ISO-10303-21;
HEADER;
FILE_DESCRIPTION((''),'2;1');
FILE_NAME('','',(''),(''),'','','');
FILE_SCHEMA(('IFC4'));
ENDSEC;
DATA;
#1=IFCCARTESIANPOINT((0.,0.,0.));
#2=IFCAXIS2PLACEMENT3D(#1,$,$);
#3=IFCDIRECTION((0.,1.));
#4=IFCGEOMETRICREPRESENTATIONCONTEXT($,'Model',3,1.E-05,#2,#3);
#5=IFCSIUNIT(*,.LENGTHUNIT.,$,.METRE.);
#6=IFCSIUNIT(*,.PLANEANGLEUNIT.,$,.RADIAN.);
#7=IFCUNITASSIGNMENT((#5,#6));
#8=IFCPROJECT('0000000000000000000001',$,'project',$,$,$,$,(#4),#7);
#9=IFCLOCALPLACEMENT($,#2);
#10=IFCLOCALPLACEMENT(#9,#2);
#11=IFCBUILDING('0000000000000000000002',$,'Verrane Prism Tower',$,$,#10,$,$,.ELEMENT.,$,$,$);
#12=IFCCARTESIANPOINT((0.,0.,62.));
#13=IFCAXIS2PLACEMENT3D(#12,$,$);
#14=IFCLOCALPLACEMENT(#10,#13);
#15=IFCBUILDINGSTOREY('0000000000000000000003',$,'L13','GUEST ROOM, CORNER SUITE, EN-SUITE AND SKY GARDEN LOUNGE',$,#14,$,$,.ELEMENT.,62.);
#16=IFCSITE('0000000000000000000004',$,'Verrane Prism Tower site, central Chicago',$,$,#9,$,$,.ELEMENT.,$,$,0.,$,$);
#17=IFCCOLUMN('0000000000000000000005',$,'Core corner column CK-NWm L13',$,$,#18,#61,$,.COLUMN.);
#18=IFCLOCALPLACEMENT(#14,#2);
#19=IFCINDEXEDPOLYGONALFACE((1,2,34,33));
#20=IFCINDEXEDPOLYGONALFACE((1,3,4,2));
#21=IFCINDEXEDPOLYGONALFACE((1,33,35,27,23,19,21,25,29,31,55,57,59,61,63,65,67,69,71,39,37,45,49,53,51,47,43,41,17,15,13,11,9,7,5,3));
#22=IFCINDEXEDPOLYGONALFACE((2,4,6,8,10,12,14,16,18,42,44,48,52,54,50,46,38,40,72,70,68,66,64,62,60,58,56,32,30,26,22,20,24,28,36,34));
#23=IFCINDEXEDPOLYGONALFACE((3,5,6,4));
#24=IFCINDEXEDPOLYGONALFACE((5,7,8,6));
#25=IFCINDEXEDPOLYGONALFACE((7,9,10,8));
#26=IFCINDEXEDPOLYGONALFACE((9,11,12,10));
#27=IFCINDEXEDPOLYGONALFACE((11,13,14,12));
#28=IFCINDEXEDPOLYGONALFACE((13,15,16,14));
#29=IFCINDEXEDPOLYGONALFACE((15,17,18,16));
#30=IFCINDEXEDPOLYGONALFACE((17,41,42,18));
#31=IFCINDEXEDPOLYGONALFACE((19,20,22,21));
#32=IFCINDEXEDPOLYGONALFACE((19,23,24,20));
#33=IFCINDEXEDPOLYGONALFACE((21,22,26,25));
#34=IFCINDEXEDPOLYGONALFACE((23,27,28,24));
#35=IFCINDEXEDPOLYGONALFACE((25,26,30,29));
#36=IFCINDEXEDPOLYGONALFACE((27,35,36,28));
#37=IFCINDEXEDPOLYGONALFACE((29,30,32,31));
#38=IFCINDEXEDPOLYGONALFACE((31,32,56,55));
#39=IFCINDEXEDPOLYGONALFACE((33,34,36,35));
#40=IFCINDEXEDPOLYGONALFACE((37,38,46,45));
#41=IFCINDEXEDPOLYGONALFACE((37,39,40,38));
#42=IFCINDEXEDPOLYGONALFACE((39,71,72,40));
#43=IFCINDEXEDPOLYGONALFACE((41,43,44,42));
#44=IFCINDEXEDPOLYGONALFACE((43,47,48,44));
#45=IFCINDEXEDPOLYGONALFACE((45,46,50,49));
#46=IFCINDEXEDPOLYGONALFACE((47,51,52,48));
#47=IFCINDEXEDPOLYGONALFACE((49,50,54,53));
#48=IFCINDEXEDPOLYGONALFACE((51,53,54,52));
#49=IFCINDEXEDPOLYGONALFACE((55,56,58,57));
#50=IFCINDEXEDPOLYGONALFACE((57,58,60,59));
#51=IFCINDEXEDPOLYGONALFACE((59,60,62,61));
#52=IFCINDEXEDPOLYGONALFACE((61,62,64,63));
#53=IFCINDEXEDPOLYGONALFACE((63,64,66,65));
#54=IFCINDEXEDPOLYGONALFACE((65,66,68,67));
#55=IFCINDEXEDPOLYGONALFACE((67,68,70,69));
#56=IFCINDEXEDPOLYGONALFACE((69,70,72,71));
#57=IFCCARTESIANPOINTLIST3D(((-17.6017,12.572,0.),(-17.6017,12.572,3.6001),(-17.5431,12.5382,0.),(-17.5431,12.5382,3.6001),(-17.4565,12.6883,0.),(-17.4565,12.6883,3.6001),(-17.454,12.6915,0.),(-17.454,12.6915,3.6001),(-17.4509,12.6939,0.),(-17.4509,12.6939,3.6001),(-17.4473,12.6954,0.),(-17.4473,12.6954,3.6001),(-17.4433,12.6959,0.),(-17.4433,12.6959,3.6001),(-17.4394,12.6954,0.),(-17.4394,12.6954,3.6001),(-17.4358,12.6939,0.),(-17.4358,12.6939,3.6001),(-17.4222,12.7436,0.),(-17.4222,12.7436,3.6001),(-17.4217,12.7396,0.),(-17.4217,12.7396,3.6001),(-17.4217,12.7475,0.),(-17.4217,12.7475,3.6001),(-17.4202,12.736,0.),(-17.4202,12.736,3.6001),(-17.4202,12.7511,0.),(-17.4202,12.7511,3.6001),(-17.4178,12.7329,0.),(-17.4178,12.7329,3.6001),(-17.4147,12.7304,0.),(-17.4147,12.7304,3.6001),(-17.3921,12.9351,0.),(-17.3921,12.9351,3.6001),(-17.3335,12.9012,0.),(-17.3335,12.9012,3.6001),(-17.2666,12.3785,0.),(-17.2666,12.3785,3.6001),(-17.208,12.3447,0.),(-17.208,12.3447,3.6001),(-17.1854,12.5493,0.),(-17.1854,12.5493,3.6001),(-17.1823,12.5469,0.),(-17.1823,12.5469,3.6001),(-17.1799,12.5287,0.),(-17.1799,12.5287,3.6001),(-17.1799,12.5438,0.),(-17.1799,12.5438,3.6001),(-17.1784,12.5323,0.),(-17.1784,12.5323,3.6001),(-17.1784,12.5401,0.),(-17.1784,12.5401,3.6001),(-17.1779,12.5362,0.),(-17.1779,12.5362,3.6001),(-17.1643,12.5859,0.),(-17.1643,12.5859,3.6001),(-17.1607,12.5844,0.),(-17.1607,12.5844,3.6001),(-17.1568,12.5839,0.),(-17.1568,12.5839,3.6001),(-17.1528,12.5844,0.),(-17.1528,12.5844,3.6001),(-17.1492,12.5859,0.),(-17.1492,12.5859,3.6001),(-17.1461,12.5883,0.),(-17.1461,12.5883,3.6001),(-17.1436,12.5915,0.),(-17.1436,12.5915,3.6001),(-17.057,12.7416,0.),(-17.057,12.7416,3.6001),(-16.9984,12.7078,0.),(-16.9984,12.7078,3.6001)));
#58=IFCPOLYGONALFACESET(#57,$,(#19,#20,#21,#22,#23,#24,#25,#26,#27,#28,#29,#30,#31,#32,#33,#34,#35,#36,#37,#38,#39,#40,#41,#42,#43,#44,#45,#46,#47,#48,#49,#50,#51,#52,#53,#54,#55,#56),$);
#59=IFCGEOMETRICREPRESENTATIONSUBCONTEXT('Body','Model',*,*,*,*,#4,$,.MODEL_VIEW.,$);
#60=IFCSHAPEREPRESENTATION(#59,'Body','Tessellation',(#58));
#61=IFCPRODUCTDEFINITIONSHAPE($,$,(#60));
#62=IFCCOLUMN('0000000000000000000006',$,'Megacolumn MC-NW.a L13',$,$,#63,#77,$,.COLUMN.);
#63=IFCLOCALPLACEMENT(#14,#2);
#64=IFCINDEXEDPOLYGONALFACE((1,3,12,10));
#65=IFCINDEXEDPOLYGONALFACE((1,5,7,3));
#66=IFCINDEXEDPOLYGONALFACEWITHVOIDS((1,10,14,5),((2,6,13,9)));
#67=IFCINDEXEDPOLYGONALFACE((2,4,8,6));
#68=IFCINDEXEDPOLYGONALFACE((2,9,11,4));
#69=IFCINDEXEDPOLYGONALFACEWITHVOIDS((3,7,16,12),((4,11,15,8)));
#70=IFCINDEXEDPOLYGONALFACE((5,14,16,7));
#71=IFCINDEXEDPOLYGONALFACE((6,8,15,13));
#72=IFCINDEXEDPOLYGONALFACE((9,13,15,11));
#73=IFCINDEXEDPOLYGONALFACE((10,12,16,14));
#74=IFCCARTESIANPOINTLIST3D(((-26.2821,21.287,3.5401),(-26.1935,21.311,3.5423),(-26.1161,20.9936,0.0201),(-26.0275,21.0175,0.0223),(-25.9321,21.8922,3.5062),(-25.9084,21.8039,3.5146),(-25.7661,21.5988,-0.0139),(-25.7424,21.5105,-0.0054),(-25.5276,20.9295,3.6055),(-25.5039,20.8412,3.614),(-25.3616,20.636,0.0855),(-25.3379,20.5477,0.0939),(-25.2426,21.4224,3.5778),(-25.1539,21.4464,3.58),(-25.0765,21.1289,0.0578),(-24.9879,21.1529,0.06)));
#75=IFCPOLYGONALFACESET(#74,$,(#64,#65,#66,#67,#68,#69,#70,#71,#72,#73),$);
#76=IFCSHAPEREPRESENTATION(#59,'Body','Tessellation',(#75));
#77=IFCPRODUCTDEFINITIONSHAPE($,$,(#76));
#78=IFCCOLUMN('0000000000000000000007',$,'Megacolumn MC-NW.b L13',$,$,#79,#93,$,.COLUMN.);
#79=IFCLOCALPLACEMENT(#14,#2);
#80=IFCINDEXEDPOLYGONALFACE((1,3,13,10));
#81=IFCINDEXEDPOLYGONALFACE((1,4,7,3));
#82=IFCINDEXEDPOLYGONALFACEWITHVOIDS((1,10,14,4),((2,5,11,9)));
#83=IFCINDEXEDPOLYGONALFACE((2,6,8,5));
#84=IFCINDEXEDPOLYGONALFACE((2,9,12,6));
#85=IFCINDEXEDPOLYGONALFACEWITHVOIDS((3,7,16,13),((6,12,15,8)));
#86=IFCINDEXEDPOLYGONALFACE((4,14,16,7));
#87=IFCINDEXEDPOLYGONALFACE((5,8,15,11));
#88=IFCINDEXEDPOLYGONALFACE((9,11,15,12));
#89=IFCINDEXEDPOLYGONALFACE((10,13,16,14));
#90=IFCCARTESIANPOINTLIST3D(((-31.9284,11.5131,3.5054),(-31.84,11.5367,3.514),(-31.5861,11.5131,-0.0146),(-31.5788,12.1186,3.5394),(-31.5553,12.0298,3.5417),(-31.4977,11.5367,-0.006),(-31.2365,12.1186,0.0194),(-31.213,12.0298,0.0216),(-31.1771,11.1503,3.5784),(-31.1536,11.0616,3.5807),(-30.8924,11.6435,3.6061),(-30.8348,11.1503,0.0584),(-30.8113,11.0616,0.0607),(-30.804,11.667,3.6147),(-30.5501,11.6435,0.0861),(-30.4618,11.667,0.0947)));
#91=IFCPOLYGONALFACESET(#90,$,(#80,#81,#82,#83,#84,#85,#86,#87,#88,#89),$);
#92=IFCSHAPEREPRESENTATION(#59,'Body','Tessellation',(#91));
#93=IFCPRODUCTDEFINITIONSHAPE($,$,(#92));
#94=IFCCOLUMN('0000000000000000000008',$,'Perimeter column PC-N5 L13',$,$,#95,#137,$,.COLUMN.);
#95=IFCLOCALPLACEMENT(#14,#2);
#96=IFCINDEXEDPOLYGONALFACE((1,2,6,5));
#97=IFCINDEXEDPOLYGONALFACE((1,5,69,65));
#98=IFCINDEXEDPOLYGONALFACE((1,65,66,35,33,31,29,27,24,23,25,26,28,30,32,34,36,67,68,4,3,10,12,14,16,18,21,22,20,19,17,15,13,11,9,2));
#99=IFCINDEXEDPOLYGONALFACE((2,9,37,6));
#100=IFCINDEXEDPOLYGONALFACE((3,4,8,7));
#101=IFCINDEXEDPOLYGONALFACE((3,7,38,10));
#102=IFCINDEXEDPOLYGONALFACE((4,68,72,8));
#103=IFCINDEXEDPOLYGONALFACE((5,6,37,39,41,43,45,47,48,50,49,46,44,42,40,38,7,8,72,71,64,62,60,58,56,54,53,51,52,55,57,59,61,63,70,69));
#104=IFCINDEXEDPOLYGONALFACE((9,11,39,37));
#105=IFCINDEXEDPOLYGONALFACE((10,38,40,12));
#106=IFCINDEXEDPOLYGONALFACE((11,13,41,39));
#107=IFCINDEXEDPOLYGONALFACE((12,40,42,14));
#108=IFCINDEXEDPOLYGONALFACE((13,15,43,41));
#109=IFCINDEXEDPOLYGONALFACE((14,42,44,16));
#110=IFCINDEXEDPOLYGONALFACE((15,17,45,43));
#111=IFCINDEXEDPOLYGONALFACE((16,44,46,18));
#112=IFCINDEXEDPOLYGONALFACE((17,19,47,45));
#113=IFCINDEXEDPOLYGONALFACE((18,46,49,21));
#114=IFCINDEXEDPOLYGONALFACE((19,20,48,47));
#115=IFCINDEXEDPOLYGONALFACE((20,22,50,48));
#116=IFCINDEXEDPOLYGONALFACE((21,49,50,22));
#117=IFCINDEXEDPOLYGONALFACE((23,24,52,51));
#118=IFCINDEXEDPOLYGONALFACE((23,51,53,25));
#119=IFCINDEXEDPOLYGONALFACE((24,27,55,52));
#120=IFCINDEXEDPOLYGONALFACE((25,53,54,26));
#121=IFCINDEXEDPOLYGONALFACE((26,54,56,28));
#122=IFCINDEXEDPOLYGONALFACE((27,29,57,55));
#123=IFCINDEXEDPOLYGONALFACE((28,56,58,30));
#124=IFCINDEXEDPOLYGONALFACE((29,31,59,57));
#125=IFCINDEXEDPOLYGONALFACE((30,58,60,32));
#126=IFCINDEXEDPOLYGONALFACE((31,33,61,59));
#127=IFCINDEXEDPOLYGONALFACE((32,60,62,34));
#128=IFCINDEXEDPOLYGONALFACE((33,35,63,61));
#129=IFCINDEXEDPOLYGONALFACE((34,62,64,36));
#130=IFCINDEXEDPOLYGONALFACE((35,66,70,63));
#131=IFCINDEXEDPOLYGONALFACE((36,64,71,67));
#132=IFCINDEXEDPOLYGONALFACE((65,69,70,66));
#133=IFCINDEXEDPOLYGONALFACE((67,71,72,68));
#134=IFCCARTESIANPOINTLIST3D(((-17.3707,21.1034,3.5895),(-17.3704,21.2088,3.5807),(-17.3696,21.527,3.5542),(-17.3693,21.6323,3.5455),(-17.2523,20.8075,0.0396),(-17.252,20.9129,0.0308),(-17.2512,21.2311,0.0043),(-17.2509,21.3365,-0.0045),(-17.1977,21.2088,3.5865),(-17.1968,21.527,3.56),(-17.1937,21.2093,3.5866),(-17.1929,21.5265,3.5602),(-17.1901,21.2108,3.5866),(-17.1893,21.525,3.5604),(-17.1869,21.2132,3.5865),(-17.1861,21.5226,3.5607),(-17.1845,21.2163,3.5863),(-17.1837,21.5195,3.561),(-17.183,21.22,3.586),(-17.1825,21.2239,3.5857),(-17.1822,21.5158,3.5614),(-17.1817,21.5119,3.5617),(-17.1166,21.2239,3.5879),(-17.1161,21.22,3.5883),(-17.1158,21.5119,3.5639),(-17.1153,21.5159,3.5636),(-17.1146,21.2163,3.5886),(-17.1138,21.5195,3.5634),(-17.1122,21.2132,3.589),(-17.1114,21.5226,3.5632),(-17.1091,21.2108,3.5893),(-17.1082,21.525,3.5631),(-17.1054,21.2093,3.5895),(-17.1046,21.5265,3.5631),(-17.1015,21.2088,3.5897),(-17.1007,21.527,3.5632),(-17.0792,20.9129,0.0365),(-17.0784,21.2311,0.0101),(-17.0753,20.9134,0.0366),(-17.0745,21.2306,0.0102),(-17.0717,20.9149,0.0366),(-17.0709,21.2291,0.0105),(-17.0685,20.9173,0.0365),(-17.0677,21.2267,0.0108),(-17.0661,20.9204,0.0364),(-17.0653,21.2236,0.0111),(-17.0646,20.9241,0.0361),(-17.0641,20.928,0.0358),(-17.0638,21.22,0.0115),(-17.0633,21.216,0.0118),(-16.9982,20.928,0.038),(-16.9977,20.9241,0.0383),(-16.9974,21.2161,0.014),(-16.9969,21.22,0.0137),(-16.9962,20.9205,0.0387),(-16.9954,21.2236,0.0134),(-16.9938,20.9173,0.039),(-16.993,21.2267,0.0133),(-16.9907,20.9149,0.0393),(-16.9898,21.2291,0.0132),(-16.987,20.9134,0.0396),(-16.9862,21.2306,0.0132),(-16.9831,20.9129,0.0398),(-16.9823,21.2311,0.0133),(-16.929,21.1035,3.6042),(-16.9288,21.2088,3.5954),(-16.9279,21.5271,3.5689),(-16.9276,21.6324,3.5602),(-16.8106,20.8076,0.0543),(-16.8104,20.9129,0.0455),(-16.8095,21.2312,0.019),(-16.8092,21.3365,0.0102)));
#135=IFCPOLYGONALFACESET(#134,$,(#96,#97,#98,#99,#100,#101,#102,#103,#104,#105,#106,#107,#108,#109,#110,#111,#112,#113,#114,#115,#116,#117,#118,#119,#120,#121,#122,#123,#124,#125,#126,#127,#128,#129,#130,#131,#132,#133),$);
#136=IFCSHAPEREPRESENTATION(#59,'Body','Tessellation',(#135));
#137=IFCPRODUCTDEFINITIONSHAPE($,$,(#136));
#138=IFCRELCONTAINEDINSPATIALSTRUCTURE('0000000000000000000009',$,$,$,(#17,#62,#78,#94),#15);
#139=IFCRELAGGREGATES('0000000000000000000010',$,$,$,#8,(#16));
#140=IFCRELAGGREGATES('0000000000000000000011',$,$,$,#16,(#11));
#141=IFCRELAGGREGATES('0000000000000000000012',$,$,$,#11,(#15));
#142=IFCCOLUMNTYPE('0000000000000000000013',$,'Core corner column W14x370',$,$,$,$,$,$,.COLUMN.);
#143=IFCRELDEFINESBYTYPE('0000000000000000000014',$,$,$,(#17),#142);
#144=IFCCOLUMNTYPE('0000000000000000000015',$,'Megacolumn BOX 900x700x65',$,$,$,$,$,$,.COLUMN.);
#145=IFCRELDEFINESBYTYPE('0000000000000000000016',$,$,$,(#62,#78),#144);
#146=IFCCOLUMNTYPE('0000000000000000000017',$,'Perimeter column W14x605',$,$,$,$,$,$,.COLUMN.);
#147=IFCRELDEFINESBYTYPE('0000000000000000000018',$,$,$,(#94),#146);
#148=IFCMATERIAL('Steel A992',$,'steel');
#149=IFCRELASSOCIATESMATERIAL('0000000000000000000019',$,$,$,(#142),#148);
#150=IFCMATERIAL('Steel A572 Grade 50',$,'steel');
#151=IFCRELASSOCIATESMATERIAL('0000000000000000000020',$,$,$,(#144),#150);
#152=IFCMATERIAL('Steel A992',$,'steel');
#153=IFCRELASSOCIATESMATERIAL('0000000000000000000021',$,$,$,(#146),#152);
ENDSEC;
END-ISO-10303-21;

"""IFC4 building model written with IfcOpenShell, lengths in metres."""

from ifc_helpers import new_model, si_unit, direction, frame, origin, origin_2d, place, context, subcontext, project, spatial, hollow_rectangle, i_section, extrude, material, material_profile, profile_set, type_object, element, save


model = new_model("IFC4")

# Units and contexts
model_context = context("Model", 3, precision=1e-05, world=origin(), true_north=direction((0.0, 1.0)))
body_context = subcontext(model_context, "Body", "Model", "MODEL_VIEW")
ifc_project = project(units=[si_unit("LENGTHUNIT", "METRE"), si_unit("PLANEANGLEUNIT", "RADIAN")], contexts=[model_context])

# Site, building, storey
site_placement = place(None, origin())
site = spatial("IfcSite", under=ifc_project, at=site_placement, Name="Verrane Prism Tower site, central Chicago", CompositionType="ELEMENT", RefElevation=0.0)
building_placement = place(site_placement, origin())
building = spatial("IfcBuilding", under=site, at=building_placement, Name="Verrane Prism Tower", CompositionType="ELEMENT")
storey_placement = place(building_placement, frame((0.0, 0.0, 62.0)))
storey = spatial("IfcBuildingStorey", under=building, at=storey_placement, Name="L13", Description="GUEST ROOM, CORNER SUITE, EN-SUITE AND SKY GARDEN LOUNGE", CompositionType="ELEMENT", Elevation=62.0)

# Columns
ifc_material_1 = material(Name="Steel A992", Category="steel")
ifc_material_profile_1 = material_profile(ifc_material_1, i_section(OverallWidth=0.4192, OverallDepth=0.4546, WebThickness=0.0422, FlangeThickness=0.0676, FilletRadius=0.0151, at=origin_2d()), Name="W14x370")
ifc_profile_set_1 = profile_set([ifc_material_profile_1], Name="Steel A992")
column_type_1 = type_object("IfcColumnType", Name="Core corner column W14x370", PredefinedType="COLUMN", material=ifc_profile_set_1)
column_1_placement = place(storey_placement, frame((-17.3, 12.6399, 0.0), z_axis=(0.0, 0.0, 1.0), x_axis=(0.5, 0.866025, 0.0)))
element("IfcColumn", 1, at=column_1_placement, inside=storey, type_object=column_type_1, Name="Core corner column CK-NWm L13", PredefinedType="COLUMN", context=body_context, shape_type="SweptSolid", body=[
    extrude(i_section(OverallWidth=0.4192, OverallDepth=0.4546, WebThickness=0.0422, FlangeThickness=0.0676, FilletRadius=0.0151, at=origin_2d()), origin(), (0.0, 0.0, 1.0), 3.6001),
])
ifc_material_2 = material(Name="Steel A572 Grade 50", Category="steel")
ifc_material_profile_2 = material_profile(ifc_material_2, hollow_rectangle(XDim=0.7, YDim=0.8999, WallThickness=0.0649, at=origin_2d()), Name="BOX 900x700x65")
ifc_profile_set_2 = profile_set([ifc_material_profile_2], Name="Steel A572 Grade 50")
column_type_2 = type_object("IfcColumnType", Name="Megacolumn BOX 900x700x65", PredefinedType="COLUMN", material=ifc_profile_set_2)
column_2_placement = place(storey_placement, frame((-25.552, 21.0732, 0.04), z_axis=(-0.046948, 0.082988, 0.995444), x_axis=(0.500029, 0.86465, -0.048501)))
element("IfcColumn", 2, at=column_2_placement, inside=storey, type_object=column_type_2, Name="Megacolumn MC-NW.a L13", PredefinedType="COLUMN", context=body_context, shape_type="SweptSolid", body=[
    extrude(hollow_rectangle(XDim=0.7, YDim=0.8999, WallThickness=0.0649, at=origin_2d()), origin(), (0.0, 0.0, 1.0), 3.5361),
])
column_3_placement = place(storey_placement, frame((-31.0239, 11.5901, 0.04), z_axis=(-0.096783, 0.0, 0.995305), x_axis=(0.499409, 0.865004, 0.048562)))
element("IfcColumn", 3, at=column_3_placement, inside=storey, type_object=column_type_2, Name="Megacolumn MC-NW.b L13", PredefinedType="COLUMN", context=body_context, shape_type="SweptSolid", body=[
    extrude(hollow_rectangle(XDim=0.7, YDim=0.8999, WallThickness=0.0649, at=origin_2d()), origin(), (0.0, 0.0, 1.0), 3.5366),
])
ifc_material_3 = material(Name="Steel A992", Category="steel")
ifc_material_profile_3 = material_profile(ifc_material_3, i_section(OverallWidth=0.4419, OverallDepth=0.5308, WebThickness=0.0659, FlangeThickness=0.1057, FilletRadius=0.0151, at=origin_2d()), Name="W14x605")
ifc_profile_set_3 = profile_set([ifc_material_profile_3], Name="Steel A992")
column_type_3 = type_object("IfcColumnType", Name="Perimeter column W14x605", PredefinedType="COLUMN", material=ifc_profile_set_3)
column_4_placement = place(storey_placement, frame((-17.0308, 21.072, 0.0249), z_axis=(-0.03322, 0.083017, 0.995994), x_axis=(0.999445, 0.000143, 0.033324)))
element("IfcColumn", 4, at=column_4_placement, inside=storey, type_object=column_type_3, Name="Perimeter column PC-N5 L13", PredefinedType="COLUMN", context=body_context, shape_type="SweptSolid", body=[
    extrude(i_section(OverallWidth=0.4419, OverallDepth=0.5308, WebThickness=0.0659, FlangeThickness=0.1057, FilletRadius=0.0151, at=origin_2d()), origin(), (0.0, 0.0, 1.0), 3.5642),
])

save(model, "model.ifc")
